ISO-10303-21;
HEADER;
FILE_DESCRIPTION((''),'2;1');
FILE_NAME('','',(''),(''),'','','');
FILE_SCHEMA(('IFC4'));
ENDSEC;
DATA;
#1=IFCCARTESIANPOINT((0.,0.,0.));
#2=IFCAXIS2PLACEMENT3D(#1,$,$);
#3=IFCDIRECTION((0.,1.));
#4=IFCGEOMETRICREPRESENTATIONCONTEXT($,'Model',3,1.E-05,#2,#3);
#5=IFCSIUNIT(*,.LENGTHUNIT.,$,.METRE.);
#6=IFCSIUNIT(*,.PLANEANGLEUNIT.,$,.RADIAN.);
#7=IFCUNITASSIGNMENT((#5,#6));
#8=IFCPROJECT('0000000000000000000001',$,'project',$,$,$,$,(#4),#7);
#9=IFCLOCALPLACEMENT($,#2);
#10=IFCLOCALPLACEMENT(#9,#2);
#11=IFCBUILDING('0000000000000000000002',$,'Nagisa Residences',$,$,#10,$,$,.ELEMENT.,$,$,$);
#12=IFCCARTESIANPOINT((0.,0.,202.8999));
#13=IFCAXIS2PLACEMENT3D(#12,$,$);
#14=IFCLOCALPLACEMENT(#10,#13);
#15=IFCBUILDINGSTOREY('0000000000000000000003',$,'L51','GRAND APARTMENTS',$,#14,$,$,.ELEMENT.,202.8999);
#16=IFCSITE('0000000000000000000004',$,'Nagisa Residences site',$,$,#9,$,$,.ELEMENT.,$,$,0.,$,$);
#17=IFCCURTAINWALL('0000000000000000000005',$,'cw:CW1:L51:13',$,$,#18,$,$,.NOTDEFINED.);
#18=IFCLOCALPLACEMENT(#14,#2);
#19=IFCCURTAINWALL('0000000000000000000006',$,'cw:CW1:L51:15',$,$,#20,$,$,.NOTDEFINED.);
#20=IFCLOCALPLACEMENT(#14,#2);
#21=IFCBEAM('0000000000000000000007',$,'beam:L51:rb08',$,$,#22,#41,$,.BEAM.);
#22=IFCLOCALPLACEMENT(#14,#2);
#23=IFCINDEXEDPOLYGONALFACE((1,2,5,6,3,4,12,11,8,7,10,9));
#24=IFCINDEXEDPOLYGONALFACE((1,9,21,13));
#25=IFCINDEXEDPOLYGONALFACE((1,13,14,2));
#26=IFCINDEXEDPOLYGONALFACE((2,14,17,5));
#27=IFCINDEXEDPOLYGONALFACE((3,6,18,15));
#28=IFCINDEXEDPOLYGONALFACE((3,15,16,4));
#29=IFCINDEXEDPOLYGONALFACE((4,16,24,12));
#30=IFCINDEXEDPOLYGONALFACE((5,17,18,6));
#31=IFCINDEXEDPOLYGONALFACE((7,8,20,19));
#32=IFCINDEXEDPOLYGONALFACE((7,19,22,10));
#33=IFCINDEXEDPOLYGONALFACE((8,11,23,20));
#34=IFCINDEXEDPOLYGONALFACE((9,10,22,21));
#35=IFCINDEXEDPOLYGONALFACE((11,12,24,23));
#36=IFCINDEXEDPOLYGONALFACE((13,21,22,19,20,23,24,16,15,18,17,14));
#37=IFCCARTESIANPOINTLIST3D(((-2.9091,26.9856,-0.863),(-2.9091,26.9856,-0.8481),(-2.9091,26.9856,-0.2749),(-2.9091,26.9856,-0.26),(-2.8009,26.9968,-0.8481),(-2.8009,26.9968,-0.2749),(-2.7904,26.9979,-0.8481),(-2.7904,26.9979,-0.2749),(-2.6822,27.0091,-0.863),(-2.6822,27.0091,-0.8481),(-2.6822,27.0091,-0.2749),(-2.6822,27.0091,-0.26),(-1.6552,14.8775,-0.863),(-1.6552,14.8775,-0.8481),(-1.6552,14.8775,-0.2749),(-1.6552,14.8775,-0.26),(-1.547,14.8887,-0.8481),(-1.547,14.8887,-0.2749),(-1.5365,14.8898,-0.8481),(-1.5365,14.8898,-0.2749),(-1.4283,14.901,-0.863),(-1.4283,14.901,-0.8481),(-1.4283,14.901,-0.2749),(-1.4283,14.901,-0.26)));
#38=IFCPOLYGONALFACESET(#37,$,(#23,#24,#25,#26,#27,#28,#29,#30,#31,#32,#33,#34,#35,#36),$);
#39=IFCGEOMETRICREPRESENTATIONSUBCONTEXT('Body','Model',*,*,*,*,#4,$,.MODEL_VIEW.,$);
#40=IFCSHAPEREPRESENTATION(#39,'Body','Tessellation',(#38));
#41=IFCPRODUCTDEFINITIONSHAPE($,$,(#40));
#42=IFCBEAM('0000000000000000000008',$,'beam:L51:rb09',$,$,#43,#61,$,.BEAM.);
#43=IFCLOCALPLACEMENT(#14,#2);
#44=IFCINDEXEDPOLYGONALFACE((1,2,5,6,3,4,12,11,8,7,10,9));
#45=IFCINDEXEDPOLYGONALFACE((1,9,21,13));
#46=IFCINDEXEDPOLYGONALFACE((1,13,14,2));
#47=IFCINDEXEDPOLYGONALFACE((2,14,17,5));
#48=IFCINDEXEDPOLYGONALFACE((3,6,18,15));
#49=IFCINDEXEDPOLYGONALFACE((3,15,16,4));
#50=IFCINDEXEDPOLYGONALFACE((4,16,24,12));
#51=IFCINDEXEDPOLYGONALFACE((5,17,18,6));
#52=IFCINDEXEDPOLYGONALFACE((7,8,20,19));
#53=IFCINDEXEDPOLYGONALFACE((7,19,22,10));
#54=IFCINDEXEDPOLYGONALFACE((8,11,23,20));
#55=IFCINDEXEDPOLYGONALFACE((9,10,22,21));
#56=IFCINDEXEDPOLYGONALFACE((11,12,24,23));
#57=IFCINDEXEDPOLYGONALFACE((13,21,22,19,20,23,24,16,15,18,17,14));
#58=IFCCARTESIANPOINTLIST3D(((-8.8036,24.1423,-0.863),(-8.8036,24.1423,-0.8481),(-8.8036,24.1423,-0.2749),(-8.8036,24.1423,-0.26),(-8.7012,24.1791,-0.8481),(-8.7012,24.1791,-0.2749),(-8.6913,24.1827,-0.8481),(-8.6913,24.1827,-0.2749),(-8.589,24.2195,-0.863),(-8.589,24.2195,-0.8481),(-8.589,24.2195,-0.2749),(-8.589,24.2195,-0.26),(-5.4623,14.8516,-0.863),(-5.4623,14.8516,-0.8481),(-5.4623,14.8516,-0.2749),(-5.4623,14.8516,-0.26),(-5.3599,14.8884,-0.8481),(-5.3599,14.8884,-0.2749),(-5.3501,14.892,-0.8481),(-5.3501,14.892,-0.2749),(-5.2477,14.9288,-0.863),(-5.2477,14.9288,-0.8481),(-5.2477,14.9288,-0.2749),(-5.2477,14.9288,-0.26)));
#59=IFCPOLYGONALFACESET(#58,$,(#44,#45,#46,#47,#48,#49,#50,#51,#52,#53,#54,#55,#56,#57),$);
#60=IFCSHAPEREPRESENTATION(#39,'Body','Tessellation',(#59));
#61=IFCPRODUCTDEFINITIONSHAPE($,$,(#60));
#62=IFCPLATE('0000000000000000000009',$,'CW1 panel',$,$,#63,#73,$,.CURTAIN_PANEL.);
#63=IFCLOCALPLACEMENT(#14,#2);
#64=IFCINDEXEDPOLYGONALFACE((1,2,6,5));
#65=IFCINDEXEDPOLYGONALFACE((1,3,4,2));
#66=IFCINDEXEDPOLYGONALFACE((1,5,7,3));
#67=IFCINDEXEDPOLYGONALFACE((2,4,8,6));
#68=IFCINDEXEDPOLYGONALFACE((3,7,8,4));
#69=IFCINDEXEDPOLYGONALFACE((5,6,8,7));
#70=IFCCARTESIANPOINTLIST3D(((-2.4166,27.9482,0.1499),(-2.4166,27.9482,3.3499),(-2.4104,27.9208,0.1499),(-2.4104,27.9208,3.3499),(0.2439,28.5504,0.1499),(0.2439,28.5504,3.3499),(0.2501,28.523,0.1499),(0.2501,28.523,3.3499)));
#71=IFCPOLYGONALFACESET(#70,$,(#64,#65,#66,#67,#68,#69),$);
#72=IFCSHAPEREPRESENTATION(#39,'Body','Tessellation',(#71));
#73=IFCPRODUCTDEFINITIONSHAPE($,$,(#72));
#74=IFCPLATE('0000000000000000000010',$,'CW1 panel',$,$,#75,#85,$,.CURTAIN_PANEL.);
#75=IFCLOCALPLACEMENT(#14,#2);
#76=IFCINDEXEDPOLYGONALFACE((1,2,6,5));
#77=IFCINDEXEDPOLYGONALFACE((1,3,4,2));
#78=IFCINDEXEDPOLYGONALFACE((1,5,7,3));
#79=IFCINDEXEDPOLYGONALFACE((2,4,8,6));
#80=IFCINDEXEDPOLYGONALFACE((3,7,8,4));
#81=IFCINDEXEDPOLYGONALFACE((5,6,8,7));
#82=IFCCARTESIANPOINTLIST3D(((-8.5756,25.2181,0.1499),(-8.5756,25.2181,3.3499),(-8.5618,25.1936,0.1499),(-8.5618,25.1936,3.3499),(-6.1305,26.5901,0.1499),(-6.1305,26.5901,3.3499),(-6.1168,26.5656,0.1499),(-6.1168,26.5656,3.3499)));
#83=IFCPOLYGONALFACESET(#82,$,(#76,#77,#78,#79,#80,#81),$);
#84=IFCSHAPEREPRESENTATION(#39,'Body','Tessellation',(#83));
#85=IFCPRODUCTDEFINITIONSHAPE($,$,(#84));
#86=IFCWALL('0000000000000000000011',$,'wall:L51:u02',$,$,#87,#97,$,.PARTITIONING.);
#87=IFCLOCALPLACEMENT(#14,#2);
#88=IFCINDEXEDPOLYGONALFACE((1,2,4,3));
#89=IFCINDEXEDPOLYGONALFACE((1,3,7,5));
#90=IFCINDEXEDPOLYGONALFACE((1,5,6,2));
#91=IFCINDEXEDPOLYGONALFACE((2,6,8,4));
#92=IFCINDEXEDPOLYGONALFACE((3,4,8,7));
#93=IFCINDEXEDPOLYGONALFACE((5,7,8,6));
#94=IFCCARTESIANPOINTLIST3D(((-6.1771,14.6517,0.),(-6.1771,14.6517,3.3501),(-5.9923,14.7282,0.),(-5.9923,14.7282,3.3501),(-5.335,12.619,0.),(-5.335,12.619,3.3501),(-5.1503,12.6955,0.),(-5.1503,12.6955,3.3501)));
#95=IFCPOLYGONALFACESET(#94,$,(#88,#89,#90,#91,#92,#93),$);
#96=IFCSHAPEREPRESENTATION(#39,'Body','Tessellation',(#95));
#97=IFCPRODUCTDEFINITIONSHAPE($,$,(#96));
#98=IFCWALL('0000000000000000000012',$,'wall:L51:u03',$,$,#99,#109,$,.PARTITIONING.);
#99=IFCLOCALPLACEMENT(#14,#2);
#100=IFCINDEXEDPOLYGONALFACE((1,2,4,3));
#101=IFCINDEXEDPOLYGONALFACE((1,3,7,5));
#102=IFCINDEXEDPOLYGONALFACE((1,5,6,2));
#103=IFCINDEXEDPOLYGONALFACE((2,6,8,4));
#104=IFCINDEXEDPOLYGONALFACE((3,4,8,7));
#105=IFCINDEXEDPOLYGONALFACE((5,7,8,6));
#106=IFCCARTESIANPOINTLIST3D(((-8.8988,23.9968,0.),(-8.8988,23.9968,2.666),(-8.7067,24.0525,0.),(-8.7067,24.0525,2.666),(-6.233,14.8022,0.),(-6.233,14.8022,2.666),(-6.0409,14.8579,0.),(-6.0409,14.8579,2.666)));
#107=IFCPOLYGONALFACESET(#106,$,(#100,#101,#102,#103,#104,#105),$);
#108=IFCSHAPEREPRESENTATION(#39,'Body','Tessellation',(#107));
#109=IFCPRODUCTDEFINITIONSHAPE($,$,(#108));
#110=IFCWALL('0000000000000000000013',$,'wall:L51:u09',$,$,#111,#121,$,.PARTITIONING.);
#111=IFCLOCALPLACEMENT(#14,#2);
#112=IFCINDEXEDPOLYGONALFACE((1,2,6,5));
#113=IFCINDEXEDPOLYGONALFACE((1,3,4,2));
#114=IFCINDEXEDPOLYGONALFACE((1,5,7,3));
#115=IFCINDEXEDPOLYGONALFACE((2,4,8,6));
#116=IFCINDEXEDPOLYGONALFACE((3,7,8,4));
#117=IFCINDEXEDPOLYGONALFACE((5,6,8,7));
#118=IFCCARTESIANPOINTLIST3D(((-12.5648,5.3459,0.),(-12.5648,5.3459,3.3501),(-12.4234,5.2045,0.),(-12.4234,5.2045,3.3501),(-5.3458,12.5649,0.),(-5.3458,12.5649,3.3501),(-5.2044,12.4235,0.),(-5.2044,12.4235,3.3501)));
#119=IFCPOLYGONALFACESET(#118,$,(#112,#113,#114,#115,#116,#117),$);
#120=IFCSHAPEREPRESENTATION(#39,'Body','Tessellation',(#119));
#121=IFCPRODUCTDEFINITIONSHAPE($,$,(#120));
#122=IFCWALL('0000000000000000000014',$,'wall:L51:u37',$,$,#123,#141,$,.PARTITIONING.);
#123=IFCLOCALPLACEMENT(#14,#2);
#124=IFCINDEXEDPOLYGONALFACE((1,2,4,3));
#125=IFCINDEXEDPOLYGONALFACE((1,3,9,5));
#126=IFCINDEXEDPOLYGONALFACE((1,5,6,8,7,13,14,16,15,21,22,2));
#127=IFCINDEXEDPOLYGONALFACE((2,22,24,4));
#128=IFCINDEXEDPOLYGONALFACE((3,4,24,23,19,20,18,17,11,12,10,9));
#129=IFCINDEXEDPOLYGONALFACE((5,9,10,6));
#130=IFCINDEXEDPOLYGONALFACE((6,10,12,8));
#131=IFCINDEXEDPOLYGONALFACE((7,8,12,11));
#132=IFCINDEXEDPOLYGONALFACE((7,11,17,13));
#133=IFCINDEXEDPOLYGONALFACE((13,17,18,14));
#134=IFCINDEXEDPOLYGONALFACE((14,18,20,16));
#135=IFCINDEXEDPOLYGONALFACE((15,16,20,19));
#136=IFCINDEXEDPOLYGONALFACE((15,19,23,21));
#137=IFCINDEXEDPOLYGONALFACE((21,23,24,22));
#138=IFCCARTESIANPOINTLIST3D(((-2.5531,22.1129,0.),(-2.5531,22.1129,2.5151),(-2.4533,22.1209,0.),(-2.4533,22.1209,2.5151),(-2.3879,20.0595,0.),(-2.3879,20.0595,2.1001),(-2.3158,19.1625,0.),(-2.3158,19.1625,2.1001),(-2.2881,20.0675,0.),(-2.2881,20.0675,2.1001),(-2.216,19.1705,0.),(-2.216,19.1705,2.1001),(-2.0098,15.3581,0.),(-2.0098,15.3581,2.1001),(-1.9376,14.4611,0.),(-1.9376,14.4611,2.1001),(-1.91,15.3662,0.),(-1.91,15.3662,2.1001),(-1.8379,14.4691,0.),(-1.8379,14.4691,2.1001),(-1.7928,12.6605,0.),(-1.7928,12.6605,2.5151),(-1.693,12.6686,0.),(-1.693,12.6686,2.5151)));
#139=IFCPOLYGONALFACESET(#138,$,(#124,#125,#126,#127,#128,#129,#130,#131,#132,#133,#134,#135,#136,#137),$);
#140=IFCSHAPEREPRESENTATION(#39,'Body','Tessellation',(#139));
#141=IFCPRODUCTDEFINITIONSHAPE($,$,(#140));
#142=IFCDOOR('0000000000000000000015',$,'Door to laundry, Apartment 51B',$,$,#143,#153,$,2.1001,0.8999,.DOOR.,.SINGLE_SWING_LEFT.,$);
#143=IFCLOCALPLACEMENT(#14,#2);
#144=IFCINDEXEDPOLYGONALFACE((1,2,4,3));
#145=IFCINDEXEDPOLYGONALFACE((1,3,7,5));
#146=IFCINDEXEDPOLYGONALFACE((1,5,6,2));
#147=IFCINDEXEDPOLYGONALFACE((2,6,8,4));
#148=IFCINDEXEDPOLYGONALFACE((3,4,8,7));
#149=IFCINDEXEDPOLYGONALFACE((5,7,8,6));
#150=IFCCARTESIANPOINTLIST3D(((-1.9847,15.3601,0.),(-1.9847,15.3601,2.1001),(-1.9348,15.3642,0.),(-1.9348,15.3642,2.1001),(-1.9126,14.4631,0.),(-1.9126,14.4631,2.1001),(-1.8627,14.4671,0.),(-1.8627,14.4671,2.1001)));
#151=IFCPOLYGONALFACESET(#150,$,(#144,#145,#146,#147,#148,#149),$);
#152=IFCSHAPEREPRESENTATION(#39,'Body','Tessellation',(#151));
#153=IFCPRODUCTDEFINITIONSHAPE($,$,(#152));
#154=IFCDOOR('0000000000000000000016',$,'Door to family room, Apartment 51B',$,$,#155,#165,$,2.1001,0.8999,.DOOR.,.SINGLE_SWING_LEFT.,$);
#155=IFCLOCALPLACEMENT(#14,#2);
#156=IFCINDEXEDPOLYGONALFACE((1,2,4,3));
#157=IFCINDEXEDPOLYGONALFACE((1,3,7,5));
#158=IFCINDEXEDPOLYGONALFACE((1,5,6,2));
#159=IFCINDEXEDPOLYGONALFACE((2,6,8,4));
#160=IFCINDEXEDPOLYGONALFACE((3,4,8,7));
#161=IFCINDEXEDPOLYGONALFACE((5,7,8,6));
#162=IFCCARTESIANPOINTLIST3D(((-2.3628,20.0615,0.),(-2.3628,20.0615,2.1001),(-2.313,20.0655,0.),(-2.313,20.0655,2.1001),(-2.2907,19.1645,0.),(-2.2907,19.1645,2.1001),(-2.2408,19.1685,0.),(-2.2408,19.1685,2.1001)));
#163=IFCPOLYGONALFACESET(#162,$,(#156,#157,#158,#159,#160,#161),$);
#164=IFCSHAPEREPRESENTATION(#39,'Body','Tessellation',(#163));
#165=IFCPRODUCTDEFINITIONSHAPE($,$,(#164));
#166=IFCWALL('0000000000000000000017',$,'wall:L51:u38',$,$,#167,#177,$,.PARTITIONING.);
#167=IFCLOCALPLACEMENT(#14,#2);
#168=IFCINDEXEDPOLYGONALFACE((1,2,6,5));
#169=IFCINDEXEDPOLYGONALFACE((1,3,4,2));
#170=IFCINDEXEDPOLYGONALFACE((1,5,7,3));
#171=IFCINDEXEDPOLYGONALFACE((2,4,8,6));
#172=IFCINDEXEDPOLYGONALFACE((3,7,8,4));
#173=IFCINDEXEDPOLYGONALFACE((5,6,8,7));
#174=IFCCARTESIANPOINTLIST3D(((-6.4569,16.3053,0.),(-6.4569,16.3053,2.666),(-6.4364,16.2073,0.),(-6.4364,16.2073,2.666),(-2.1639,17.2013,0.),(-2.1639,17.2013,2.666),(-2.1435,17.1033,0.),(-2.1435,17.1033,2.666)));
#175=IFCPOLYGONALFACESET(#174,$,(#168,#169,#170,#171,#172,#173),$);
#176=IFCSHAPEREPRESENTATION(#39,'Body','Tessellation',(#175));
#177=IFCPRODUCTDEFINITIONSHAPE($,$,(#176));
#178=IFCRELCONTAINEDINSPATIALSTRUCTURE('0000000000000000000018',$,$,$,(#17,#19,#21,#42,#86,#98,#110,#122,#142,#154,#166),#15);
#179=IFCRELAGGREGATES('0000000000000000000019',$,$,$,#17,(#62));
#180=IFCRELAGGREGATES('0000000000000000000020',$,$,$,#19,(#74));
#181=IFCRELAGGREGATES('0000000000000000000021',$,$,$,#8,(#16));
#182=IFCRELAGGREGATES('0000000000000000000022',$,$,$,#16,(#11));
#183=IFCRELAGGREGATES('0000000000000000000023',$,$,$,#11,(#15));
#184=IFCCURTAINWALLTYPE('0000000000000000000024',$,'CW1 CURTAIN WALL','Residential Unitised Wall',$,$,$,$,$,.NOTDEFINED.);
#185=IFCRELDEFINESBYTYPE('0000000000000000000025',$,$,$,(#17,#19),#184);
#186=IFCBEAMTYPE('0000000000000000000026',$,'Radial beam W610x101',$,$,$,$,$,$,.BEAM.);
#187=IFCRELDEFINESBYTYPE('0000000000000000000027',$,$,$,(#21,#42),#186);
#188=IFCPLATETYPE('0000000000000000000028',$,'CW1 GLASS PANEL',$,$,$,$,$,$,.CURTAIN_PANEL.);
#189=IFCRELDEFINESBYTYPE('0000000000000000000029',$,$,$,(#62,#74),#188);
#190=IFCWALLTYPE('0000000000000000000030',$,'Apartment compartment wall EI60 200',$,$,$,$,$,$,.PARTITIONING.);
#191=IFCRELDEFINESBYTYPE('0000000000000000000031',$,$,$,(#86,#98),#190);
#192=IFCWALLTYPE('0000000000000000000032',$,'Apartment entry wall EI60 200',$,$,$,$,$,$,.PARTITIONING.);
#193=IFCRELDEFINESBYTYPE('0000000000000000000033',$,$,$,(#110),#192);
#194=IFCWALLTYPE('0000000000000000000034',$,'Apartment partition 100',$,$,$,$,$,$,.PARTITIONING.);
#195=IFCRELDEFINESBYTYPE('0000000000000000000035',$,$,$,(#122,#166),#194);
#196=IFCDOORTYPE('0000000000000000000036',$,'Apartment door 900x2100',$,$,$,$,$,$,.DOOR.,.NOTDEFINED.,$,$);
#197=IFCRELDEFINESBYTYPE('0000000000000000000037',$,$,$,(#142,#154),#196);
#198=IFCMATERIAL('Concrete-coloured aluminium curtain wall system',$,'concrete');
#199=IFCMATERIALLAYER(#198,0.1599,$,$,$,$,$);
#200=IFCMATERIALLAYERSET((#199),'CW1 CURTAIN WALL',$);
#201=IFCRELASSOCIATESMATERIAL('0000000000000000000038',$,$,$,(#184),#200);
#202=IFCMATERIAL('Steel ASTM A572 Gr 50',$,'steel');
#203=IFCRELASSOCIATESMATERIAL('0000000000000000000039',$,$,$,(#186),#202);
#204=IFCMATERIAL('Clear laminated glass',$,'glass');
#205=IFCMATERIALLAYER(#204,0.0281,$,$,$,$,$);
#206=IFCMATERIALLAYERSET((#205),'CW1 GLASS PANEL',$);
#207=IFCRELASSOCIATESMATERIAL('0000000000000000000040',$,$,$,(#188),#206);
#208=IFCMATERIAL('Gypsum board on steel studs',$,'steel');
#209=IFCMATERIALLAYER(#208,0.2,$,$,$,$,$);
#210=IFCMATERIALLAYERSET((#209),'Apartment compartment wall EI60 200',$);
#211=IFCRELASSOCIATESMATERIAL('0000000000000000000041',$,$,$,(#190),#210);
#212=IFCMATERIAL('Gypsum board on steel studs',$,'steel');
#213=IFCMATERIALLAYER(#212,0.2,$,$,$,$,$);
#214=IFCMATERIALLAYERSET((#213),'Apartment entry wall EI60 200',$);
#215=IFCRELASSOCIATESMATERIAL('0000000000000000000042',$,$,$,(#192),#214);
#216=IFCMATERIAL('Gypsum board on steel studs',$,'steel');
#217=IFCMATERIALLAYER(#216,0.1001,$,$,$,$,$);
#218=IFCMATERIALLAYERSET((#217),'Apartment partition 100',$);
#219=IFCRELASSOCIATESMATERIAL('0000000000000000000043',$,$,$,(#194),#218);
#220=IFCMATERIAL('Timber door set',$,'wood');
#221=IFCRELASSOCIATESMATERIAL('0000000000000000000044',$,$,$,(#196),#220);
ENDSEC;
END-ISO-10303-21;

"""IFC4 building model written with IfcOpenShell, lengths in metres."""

from ifc_helpers import new_model, si_unit, direction, frame, frame_2d, origin, origin_2d, place, context, subcontext, project, spatial, rectangle, i_section, extrude, material, layer, layer_set, material_profile, profile_set, type_object, element, fill, aggregate, save


model = new_model("IFC4")

# Units and contexts
model_context = context("Model", 3, precision=1e-05, world=origin(), true_north=direction((0.0, 1.0)))
body_context = subcontext(model_context, "Body", "Model", "MODEL_VIEW")
ifc_project = project(units=[si_unit("LENGTHUNIT", "METRE"), si_unit("PLANEANGLEUNIT", "RADIAN")], contexts=[model_context])

# Site, building, storey
site_placement = place(None, origin())
site = spatial("IfcSite", under=ifc_project, at=site_placement, Name="Nagisa Residences site", CompositionType="ELEMENT", RefElevation=0.0)
building_placement = place(site_placement, origin())
building = spatial("IfcBuilding", under=site, at=building_placement, Name="Nagisa Residences", CompositionType="ELEMENT")
storey_placement = place(building_placement, frame((0.0, 0.0, 202.8999)))
storey = spatial("IfcBuildingStorey", under=building, at=storey_placement, Name="L51", Description="GRAND APARTMENTS", CompositionType="ELEMENT", Elevation=202.8999)

# Curtain walls
ifc_material_1 = material(Name="Concrete-coloured aluminium curtain wall system", Category="concrete")
ifc_layer_1 = layer(ifc_material_1, 0.1599)
ifc_layer_set_1 = layer_set([ifc_layer_1], Name="CW1 CURTAIN WALL")
curtain_wall_type = type_object("IfcCurtainWallType", Name="CW1 CURTAIN WALL", Description="Residential Unitised Wall", PredefinedType="NOTDEFINED", material=ifc_layer_set_1)
curtain_wall_1_placement = place(storey_placement, origin())
curtain_wall_1 = element("IfcCurtainWall", 1, at=curtain_wall_1_placement, inside=storey, type_object=curtain_wall_type, Name="cw:CW1:L51:13", PredefinedType="NOTDEFINED")
curtain_wall_2_placement = place(storey_placement, origin())
curtain_wall_2 = element("IfcCurtainWall", 2, at=curtain_wall_2_placement, inside=storey, type_object=curtain_wall_type, Name="cw:CW1:L51:15", PredefinedType="NOTDEFINED")

# Beams
ifc_material_2 = material(Name="Steel ASTM A572 Gr 50", Category="steel")
ifc_material_profile_1 = material_profile(ifc_material_2, i_section(OverallWidth=0.228, OverallDepth=0.603, WebThickness=0.0105, FlangeThickness=0.0149, at=origin_2d()), Name="W610x101")
ifc_profile_set_1 = profile_set([ifc_material_profile_1], Name="Steel ASTM A572 Gr 50")
beam_type_1 = type_object("IfcBeamType", Name="Radial beam W610x101", PredefinedType="BEAM", material=ifc_profile_set_1)
beam_1_placement = place(storey_placement, frame((-2.7957, 26.9973, -0.5615), z_axis=(0.103008, -0.994681, 0.0), x_axis=(0.994681, 0.103008, 0.0)))
element("IfcBeam", 3, at=beam_1_placement, inside=storey, type_object=beam_type_1, Name="beam:L51:rb08", PredefinedType="BEAM", context=body_context, shape_type="SweptSolid", body=[
    extrude(i_section(OverallWidth=0.228, OverallDepth=0.603, WebThickness=0.0105, FlangeThickness=0.0149, at=origin_2d()), origin(), (0.0, 0.0, 1.0), 12.1729),
])
beam_2_placement = place(storey_placement, frame((-8.6963, 24.1809, -0.5615), z_axis=(0.338417, -0.940996, 0.0), x_axis=(0.940996, 0.338417, 0.0)))
element("IfcBeam", 4, at=beam_2_placement, inside=storey, type_object=beam_type_1, Name="beam:L51:rb09", PredefinedType="BEAM", context=body_context, shape_type="SweptSolid", body=[
    extrude(i_section(OverallWidth=0.228, OverallDepth=0.603, WebThickness=0.0105, FlangeThickness=0.0149, at=origin_2d()), origin(), (0.0, 0.0, 1.0), 9.8733),
])

# Plates
ifc_material_3 = material(Name="Clear laminated glass", Category="glass")
ifc_layer_2 = layer(ifc_material_3, 0.0281)
ifc_layer_set_2 = layer_set([ifc_layer_2], Name="CW1 GLASS PANEL")
plate_type = type_object("IfcPlateType", Name="CW1 GLASS PANEL", PredefinedType="CURTAIN_PANEL", material=ifc_layer_set_2)
plate_1_placement = place(storey_placement, frame((-1.0833, 28.2356, 0.1499), z_axis=(0.0, 0.0, 1.0), x_axis=(-0.975327, -0.220764, 0.0)))
plate_1 = element("IfcPlate", 5, at=plate_1_placement, type_object=plate_type, Name="CW1 panel", PredefinedType="CURTAIN_PANEL", context=body_context, shape_type="SweptSolid", body=[
    extrude(rectangle(XDim=2.7278, YDim=0.0281, at=origin_2d()), origin(), (0.0, 0.0, 1.0), 3.2),
])
aggregate(curtain_wall_1, [plate_1])
plate_2_placement = place(storey_placement, frame((-7.3462, 25.8918, 0.1499), z_axis=(0.0, 0.0, 1.0), x_axis=(-0.872072, -0.489377, 0.0)))
plate_2 = element("IfcPlate", 6, at=plate_2_placement, type_object=plate_type, Name="CW1 panel", PredefinedType="CURTAIN_PANEL", context=body_context, shape_type="SweptSolid", body=[
    extrude(rectangle(XDim=2.8037, YDim=0.0281, at=origin_2d()), origin(), (0.0, 0.0, 1.0), 3.2),
])
aggregate(curtain_wall_2, [plate_2])

# Walls
ifc_material_4 = material(Name="Gypsum board on steel studs", Category="steel")
ifc_layer_3 = layer(ifc_material_4, 0.2)
ifc_layer_set_3 = layer_set([ifc_layer_3], Name="Apartment compartment wall EI60 200")
wall_type_1 = type_object("IfcWallType", Name="Apartment compartment wall EI60 200", PredefinedType="PARTITIONING", material=ifc_layer_set_3)
wall_1_placement = place(storey_placement, frame((-5.2427, 12.6572, 0.0), z_axis=(0.0, 0.0, 1.0), x_axis=(-0.382708, 0.923869, 0.0)))
element("IfcWall", 7, at=wall_1_placement, inside=storey, type_object=wall_type_1, Name="wall:L51:u02", PredefinedType="PARTITIONING", context=body_context, shape_type="SweptSolid", body=[
    extrude(rectangle(XDim=2.2002, YDim=0.2, at=frame_2d((1.1001, 0.0))), origin(), (0.0, 0.0, 1.0), 3.3501),
])
wall_2_placement = place(storey_placement, frame((-6.137, 14.8301, 0.0), z_axis=(0.0, 0.0, 1.0), x_axis=(-0.278461, 0.960447, 0.0)))
element("IfcWall", 8, at=wall_2_placement, inside=storey, type_object=wall_type_1, Name="wall:L51:u03", PredefinedType="PARTITIONING", context=body_context, shape_type="SweptSolid", body=[
    extrude(rectangle(XDim=9.5732, YDim=0.2, at=frame_2d((4.7866, 0.0))), origin(), (0.0, 0.0, 1.0), 2.666),
])
ifc_material_5 = material(Name="Gypsum board on steel studs", Category="steel")
ifc_layer_4 = layer(ifc_material_5, 0.2)
ifc_layer_set_4 = layer_set([ifc_layer_4], Name="Apartment entry wall EI60 200")
wall_type_2 = type_object("IfcWallType", Name="Apartment entry wall EI60 200", PredefinedType="PARTITIONING", material=ifc_layer_set_4)
wall_3_placement = place(storey_placement, frame((-5.2751, 12.4941, 0.0), z_axis=(0.0, 0.0, 1.0), x_axis=(-0.707107, -0.707107, 0.0)))
element("IfcWall", 9, at=wall_3_placement, inside=storey, type_object=wall_type_2, Name="wall:L51:u09", PredefinedType="PARTITIONING", context=body_context, shape_type="SweptSolid", body=[
    extrude(rectangle(XDim=10.2092, YDim=0.2, at=frame_2d((5.1045, 0.0))), origin(), (0.0, 0.0, 1.0), 3.3501),
])

# Wall, openings, doors
ifc_material_6 = material(Name="Gypsum board on steel studs", Category="steel")
ifc_layer_5 = layer(ifc_material_6, 0.1001)
ifc_layer_set_5 = layer_set([ifc_layer_5], Name="Apartment partition 100")
wall_type_3 = type_object("IfcWallType", Name="Apartment partition 100", PredefinedType="PARTITIONING", material=ifc_layer_set_5)
wall_4_placement = place(storey_placement, frame((-1.7429, 12.6646, 0.0), z_axis=(0.0, 0.0, 1.0), x_axis=(-0.080171, 0.996781, 0.0)))
wall_4 = element("IfcWall", 10, at=wall_4_placement, inside=storey, type_object=wall_type_3, Name="wall:L51:u37", PredefinedType="PARTITIONING", context=body_context, shape_type="SweptSolid", body=[
    extrude(rectangle(XDim=9.4829, YDim=0.1001, at=frame_2d((4.7415, 0.0))), origin(), (0.0, 0.0, 1.0), 2.5151),
])
opening_1_placement = place(wall_4_placement, frame((1.8064, 0.0, 0.0)))
opening_1 = element("IfcOpeningElement", 11, at=opening_1_placement, cuts=wall_4, PredefinedType="OPENING", context=body_context, shape_type="SweptSolid", body=[
    extrude(rectangle(XDim=0.8999, YDim=2.1001, at=frame_2d((0.45, 1.05))), frame((0.0, 0.0601, 0.0), z_axis=(0.0, -1.0, 0.0), x_axis=(1.0, 0.0, 0.0)), (0.0, 0.0, 1.0), 0.1201),
])
opening_2_placement = place(wall_4_placement, frame((6.5229, 0.0, 0.0)))
opening_2 = element("IfcOpeningElement", 12, at=opening_2_placement, cuts=wall_4, PredefinedType="OPENING", context=body_context, shape_type="SweptSolid", body=[
    extrude(rectangle(XDim=0.8999, YDim=2.1001, at=frame_2d((0.45, 1.05))), frame((0.0, 0.0601, 0.0), z_axis=(0.0, -1.0, 0.0), x_axis=(1.0, 0.0, 0.0)), (0.0, 0.0, 1.0), 0.1201),
])
ifc_material_7 = material(Name="Timber door set", Category="wood")
door_type_1 = type_object("IfcDoorType", Name="Apartment door 900x2100", OperationType="NOTDEFINED", PredefinedType="DOOR", material=ifc_material_7)
door_1_placement = place(opening_1_placement, origin())
door_1 = element("IfcDoor", 13, at=door_1_placement, inside=storey, type_object=door_type_1, Name="Door to laundry, Apartment 51B", OperationType="SINGLE_SWING_LEFT", OverallHeight=2.1001, OverallWidth=0.8999, PredefinedType="DOOR", context=body_context, shape_type="SweptSolid", body=[
    extrude(rectangle(XDim=0.8999, YDim=2.1001, at=frame_2d((0.45, 1.05))), frame((0.0, 0.0249, 0.0), z_axis=(0.0, -1.0, 0.0), x_axis=(1.0, 0.0, 0.0)), (0.0, 0.0, 1.0), 0.05),
])
fill(opening_1, door_1)
door_2_placement = place(opening_2_placement, origin())
door_2 = element("IfcDoor", 14, at=door_2_placement, inside=storey, type_object=door_type_1, Name="Door to family room, Apartment 51B", OperationType="SINGLE_SWING_LEFT", OverallHeight=2.1001, OverallWidth=0.8999, PredefinedType="DOOR", context=body_context, shape_type="SweptSolid", body=[
    extrude(rectangle(XDim=0.8999, YDim=2.1001, at=frame_2d((0.45, 1.05))), frame((0.0, 0.0249, 0.0), z_axis=(0.0, -1.0, 0.0), x_axis=(1.0, 0.0, 0.0)), (0.0, 0.0, 1.0), 0.05),
])
fill(opening_2, door_2)

# Wall
wall_5_placement = place(storey_placement, frame((-2.1536, 17.1523, 0.0), z_axis=(0.0, 0.0, 1.0), x_axis=(-0.978906, -0.20431, 0.0)))
element("IfcWall", 15, at=wall_5_placement, inside=storey, type_object=wall_type_3, Name="wall:L51:u38", PredefinedType="PARTITIONING", context=body_context, shape_type="SweptSolid", body=[
    extrude(rectangle(XDim=4.3855, YDim=0.1001, at=frame_2d((2.1929, 0.0))), origin(), (0.0, 0.0, 1.0), 2.666),
])

save(model, "model.ifc")
